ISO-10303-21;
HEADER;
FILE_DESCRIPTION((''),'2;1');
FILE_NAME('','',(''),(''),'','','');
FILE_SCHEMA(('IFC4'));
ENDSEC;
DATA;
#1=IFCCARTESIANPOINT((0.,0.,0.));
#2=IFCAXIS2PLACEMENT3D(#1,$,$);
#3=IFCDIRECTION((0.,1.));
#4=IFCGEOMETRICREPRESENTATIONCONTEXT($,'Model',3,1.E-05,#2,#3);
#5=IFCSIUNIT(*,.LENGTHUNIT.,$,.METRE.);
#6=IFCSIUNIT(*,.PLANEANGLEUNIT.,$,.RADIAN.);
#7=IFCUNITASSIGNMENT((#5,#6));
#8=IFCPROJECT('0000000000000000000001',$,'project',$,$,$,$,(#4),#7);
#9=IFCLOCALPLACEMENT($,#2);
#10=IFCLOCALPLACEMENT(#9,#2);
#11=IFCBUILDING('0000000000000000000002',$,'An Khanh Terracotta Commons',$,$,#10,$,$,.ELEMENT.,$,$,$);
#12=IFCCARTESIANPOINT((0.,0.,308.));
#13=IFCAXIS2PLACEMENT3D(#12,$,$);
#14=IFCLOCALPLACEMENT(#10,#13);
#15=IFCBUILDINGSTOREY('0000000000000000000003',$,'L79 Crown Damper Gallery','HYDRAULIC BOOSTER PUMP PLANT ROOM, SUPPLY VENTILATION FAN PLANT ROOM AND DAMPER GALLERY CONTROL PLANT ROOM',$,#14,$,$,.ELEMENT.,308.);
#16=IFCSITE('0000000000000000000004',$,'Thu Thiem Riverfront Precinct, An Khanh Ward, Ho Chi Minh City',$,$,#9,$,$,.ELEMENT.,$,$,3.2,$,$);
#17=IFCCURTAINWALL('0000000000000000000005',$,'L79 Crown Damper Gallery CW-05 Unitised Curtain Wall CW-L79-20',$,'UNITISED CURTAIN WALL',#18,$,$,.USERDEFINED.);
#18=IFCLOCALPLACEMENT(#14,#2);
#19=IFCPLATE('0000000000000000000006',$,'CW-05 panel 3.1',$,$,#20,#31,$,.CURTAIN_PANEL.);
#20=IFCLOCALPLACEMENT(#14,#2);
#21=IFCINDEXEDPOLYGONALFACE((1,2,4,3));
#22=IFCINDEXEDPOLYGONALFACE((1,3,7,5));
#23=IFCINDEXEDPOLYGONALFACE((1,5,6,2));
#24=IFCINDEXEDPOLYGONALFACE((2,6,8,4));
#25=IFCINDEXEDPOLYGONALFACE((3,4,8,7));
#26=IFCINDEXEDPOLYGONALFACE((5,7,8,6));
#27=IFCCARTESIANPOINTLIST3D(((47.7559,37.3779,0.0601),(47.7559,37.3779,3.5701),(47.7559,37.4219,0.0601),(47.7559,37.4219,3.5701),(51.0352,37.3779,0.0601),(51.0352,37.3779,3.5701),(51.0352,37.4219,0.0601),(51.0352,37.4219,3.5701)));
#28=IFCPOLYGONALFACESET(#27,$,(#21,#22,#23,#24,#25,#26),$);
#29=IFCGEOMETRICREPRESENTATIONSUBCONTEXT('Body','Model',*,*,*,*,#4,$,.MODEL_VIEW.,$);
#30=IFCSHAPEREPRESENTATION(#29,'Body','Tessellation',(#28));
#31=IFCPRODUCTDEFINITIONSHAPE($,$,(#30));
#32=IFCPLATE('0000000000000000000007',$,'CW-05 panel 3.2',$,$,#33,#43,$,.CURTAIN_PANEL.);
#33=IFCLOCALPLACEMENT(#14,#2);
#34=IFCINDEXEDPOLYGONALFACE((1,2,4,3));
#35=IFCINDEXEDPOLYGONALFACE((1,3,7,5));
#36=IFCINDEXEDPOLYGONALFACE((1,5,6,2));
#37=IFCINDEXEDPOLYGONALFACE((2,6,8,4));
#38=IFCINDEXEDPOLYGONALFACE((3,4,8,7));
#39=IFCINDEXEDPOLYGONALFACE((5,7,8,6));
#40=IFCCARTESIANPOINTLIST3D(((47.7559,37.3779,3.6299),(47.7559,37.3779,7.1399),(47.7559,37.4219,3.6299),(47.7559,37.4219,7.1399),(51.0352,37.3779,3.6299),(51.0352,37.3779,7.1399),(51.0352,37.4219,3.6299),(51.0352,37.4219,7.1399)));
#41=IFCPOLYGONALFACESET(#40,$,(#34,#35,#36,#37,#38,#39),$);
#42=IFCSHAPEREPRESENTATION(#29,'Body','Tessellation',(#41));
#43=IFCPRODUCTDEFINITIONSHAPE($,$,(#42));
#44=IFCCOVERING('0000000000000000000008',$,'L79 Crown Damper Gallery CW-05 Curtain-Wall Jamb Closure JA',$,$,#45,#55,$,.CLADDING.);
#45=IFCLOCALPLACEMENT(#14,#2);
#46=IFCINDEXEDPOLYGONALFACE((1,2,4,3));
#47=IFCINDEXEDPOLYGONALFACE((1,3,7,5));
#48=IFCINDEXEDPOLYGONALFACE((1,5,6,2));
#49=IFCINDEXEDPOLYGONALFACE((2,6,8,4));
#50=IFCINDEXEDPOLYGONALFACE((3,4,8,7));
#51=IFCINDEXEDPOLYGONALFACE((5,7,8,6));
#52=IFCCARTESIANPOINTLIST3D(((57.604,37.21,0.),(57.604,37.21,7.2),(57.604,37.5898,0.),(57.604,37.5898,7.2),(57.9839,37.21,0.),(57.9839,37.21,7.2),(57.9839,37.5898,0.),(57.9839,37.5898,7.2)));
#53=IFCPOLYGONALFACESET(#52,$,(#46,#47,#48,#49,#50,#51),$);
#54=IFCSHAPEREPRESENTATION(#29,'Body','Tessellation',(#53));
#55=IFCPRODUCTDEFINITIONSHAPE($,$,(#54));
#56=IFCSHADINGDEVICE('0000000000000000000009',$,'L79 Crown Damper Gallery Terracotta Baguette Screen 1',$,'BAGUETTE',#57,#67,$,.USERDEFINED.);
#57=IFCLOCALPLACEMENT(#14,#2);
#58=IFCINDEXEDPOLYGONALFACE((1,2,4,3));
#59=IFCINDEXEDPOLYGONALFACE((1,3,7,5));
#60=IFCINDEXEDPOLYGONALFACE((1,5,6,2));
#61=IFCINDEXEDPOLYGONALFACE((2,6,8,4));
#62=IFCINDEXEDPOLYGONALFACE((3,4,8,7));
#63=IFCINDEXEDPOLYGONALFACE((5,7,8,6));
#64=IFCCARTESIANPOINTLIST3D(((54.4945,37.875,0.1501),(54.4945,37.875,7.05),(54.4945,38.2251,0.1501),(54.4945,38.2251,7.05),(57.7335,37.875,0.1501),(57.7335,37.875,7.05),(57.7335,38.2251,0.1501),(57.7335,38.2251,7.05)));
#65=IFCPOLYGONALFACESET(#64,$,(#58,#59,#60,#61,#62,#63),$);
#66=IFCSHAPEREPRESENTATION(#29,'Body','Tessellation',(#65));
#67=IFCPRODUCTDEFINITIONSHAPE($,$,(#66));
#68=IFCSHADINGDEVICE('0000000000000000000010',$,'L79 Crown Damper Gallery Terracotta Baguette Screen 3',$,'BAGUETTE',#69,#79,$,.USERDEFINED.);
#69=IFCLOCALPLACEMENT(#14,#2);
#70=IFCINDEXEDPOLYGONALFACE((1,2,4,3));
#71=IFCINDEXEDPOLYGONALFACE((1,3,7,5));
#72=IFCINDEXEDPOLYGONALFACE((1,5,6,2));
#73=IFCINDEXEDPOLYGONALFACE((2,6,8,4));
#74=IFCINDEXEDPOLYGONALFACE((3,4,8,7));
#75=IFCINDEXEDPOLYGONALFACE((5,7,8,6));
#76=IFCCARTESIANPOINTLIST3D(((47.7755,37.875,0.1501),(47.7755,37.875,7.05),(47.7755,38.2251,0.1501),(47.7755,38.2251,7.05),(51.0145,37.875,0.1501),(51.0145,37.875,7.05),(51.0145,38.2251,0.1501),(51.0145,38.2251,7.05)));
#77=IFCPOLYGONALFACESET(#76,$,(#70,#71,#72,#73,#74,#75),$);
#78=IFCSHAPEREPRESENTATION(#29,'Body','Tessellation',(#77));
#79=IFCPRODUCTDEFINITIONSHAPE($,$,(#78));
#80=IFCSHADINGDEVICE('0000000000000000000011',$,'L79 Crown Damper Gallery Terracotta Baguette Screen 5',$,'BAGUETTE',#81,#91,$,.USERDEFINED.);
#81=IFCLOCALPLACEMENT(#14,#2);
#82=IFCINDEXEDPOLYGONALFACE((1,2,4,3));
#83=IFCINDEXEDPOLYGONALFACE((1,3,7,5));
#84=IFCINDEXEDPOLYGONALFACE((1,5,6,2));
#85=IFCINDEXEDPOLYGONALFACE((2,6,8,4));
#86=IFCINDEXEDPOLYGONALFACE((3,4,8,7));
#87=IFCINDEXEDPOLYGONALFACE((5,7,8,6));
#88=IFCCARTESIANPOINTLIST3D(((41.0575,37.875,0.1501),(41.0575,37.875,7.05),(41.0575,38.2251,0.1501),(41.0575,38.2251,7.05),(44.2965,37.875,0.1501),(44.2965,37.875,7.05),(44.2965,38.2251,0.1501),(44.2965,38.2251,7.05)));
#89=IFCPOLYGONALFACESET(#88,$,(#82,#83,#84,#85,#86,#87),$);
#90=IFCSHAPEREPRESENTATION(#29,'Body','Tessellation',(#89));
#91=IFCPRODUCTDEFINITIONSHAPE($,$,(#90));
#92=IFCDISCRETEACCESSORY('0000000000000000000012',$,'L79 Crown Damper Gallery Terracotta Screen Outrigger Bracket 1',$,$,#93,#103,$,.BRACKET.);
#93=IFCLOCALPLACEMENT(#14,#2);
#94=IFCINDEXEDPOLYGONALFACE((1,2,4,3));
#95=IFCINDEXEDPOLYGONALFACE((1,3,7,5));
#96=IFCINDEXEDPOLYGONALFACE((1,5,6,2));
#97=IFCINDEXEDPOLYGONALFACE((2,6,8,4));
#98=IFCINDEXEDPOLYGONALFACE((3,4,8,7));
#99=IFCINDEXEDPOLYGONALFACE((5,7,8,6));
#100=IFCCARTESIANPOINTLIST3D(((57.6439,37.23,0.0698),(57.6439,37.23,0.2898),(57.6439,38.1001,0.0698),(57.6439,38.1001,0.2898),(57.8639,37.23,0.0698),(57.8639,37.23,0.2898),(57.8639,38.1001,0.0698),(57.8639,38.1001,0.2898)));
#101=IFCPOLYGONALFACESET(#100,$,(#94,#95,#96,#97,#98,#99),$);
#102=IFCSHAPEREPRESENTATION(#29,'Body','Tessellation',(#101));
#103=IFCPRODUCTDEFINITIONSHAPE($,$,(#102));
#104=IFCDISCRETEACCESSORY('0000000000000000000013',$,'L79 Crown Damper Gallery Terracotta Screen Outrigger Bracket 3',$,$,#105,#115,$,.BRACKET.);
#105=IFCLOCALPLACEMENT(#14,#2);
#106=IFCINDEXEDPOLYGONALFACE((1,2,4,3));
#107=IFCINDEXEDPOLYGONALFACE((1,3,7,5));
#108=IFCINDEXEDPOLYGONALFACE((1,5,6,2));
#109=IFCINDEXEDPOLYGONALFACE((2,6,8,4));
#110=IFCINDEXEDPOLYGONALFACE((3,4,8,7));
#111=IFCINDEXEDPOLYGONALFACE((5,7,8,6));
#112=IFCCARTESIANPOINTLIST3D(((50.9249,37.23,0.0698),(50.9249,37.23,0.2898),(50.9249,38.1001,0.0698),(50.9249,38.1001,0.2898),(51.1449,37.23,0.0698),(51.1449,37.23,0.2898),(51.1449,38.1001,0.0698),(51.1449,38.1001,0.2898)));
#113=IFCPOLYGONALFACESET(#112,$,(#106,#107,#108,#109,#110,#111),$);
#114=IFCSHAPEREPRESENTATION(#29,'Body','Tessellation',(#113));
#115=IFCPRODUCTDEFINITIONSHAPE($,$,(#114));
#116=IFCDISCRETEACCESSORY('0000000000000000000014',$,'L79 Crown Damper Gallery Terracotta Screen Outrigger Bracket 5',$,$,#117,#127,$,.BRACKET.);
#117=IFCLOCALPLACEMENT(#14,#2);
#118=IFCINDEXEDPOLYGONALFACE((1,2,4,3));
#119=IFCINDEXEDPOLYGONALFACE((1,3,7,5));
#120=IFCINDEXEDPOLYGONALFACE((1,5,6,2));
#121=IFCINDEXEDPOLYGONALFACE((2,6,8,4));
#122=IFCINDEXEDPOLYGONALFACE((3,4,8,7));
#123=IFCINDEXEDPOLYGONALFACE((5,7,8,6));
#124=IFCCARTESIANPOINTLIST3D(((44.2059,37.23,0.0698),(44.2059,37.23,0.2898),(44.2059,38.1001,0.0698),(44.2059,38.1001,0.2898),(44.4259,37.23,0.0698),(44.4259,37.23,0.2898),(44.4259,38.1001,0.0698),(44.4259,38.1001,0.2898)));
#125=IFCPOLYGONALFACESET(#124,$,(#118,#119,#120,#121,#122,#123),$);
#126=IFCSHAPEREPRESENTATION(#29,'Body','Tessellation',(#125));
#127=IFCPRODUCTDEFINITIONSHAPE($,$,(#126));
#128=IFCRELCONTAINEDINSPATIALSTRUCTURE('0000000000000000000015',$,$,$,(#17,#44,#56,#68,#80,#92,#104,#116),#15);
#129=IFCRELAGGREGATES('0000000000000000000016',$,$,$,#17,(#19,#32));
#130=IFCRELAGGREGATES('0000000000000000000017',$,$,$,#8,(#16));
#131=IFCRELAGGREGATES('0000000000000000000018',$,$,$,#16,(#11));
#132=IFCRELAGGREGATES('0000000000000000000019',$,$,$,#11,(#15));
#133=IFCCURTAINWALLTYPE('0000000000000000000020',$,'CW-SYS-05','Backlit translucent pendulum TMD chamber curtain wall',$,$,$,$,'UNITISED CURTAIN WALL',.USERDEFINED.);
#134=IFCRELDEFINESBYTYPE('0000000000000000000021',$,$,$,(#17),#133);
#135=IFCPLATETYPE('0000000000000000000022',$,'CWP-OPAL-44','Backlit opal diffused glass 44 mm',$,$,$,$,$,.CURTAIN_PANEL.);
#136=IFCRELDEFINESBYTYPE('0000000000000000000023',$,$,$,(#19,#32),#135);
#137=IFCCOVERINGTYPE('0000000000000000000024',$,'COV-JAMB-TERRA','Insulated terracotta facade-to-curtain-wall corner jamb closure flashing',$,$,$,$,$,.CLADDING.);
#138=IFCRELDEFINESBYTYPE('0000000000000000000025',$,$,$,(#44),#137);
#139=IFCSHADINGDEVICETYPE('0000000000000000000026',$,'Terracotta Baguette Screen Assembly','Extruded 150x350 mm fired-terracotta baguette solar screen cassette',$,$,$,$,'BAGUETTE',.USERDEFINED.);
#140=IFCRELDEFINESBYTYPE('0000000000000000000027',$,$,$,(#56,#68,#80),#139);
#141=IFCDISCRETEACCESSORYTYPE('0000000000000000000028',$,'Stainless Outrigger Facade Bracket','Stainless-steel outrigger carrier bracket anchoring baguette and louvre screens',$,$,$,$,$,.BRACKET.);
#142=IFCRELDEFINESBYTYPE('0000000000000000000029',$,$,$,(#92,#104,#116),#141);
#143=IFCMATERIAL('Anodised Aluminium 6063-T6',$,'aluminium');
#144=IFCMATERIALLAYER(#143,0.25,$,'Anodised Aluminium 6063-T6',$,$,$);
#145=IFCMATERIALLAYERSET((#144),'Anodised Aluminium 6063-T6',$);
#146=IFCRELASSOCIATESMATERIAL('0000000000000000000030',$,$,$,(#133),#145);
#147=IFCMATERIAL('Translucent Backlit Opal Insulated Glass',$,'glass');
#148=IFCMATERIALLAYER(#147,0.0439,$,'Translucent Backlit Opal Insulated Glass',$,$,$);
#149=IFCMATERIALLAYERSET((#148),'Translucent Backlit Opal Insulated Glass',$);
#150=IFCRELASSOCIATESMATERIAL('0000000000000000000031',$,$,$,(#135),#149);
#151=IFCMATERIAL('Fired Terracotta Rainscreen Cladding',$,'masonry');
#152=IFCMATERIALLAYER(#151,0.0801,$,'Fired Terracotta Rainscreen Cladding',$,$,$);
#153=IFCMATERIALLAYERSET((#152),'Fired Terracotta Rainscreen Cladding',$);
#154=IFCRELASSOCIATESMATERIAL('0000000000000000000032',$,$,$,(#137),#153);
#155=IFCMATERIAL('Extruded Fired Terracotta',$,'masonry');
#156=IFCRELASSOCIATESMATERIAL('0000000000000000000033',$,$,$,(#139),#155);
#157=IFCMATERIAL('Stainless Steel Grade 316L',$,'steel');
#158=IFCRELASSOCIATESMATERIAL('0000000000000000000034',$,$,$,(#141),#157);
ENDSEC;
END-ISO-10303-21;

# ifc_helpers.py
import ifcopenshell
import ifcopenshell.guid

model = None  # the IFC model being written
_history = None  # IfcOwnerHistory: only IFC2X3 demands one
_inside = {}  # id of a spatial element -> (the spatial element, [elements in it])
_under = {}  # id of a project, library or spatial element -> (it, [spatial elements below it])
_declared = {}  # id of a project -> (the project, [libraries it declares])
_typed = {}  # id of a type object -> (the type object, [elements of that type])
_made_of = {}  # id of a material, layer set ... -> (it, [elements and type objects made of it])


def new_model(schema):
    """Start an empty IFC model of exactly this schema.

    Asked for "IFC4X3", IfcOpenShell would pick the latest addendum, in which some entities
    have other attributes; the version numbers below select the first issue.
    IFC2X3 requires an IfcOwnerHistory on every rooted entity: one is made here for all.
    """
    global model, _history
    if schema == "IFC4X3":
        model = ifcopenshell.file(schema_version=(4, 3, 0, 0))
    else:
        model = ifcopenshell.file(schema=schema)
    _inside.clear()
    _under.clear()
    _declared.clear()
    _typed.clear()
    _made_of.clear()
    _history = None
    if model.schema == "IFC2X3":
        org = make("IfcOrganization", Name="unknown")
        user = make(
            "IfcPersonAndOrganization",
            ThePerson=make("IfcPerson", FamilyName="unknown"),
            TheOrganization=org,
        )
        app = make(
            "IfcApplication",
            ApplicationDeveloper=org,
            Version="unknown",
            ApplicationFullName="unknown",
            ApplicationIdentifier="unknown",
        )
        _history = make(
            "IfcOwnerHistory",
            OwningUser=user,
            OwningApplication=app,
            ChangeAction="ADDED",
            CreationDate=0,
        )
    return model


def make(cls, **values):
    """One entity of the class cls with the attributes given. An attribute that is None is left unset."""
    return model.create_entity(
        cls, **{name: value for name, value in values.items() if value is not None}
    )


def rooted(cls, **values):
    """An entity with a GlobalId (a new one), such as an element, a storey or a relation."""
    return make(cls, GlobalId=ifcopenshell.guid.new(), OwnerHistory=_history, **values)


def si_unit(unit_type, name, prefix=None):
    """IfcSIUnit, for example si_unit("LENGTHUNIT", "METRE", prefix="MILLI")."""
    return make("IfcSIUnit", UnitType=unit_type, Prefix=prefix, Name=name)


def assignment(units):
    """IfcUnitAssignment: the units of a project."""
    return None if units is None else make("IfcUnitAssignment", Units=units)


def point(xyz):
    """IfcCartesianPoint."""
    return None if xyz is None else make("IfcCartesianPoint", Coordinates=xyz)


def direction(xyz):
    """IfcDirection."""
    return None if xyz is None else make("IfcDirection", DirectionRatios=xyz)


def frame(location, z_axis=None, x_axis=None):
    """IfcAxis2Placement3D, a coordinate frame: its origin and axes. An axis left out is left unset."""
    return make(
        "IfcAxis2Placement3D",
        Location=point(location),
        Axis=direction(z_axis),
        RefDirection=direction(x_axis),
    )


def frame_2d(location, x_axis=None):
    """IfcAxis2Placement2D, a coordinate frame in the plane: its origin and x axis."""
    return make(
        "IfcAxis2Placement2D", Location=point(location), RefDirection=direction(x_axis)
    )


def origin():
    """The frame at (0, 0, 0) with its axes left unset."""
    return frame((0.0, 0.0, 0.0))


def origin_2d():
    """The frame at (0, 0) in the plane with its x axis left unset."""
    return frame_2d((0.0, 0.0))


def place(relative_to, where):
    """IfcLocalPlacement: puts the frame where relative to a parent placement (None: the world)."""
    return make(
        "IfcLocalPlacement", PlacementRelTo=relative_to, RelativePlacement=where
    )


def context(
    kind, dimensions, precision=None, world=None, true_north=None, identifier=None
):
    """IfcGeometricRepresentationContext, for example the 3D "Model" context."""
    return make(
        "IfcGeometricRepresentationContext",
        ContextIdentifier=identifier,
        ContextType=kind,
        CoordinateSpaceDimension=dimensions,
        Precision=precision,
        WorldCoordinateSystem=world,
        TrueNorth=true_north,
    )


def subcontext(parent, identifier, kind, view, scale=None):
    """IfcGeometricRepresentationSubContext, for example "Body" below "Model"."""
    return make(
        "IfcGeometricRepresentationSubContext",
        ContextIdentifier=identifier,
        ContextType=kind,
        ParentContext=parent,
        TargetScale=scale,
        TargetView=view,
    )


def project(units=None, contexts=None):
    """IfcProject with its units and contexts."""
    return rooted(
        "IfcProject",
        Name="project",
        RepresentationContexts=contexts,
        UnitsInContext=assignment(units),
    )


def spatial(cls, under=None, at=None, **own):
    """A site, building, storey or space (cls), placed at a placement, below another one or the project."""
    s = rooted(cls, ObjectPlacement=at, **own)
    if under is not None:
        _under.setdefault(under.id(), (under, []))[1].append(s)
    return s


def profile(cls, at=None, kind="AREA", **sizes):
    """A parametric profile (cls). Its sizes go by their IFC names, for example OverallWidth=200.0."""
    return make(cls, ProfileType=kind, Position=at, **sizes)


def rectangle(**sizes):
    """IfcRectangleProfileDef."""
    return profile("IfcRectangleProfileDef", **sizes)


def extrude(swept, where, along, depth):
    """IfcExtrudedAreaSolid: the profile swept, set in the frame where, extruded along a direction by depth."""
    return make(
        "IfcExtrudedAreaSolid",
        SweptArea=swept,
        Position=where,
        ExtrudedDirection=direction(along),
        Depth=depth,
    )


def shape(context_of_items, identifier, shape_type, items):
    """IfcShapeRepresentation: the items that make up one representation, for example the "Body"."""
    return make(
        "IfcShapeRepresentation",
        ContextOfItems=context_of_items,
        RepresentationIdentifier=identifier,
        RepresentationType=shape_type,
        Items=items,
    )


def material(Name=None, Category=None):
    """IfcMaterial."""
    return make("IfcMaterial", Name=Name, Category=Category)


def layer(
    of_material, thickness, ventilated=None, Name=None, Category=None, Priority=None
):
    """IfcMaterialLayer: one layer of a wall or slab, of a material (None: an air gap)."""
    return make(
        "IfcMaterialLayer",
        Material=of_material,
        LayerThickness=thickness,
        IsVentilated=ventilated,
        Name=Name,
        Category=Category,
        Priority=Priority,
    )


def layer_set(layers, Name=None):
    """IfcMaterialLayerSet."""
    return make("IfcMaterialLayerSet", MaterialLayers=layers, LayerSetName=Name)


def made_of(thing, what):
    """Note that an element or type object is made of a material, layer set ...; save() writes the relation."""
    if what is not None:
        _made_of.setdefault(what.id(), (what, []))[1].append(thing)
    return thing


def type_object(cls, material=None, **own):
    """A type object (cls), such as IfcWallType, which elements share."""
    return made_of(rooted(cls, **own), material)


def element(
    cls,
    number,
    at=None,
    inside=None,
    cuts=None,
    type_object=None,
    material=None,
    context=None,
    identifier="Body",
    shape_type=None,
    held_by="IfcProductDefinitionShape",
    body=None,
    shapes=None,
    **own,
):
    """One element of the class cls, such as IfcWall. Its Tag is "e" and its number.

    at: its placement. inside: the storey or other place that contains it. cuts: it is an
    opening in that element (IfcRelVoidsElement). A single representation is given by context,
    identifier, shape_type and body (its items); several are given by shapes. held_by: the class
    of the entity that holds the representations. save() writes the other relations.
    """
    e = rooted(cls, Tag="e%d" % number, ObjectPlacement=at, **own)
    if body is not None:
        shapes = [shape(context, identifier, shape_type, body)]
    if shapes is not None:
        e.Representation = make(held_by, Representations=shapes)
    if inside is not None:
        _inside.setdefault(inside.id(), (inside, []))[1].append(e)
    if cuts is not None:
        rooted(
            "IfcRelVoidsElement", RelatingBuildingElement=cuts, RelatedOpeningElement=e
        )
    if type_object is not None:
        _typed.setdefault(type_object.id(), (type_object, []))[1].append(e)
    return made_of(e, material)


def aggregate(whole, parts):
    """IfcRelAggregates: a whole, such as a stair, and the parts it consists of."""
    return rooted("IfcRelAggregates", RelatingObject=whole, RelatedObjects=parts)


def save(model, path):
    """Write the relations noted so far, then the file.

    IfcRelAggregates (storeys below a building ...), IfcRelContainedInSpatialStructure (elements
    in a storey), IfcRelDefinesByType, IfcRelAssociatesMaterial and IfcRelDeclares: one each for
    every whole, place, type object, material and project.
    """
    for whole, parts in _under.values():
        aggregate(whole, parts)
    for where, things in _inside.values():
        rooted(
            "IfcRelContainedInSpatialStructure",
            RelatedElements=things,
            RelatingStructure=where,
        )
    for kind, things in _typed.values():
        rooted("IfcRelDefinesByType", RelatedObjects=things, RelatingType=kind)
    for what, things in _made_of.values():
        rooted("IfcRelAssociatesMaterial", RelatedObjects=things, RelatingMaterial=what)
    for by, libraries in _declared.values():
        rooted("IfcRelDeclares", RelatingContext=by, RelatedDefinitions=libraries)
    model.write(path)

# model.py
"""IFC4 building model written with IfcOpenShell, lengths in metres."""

from ifc_helpers import new_model, si_unit, direction, frame, origin, origin_2d, place, context, subcontext, project, spatial, rectangle, extrude, material, layer, layer_set, type_object, element, aggregate, save


model = new_model("IFC4")

# Units and contexts
model_context = context("Model", 3, precision=1e-05, world=origin(), true_north=direction((0.0, 1.0)))
body_context = subcontext(model_context, "Body", "Model", "MODEL_VIEW")
ifc_project = project(units=[si_unit("LENGTHUNIT", "METRE"), si_unit("PLANEANGLEUNIT", "RADIAN")], contexts=[model_context])

# Site, building, storey
site_placement = place(None, origin())
site = spatial("IfcSite", under=ifc_project, at=site_placement, Name="Thu Thiem Riverfront Precinct, An Khanh Ward, Ho Chi Minh City", CompositionType="ELEMENT", RefElevation=3.2)
building_placement = place(site_placement, origin())
building = spatial("IfcBuilding", under=site, at=building_placement, Name="An Khanh Terracotta Commons", CompositionType="ELEMENT")
storey_placement = place(building_placement, frame((0.0, 0.0, 308.0)))
storey = spatial("IfcBuildingStorey", under=building, at=storey_placement, Name="L79 Crown Damper Gallery", Description="HYDRAULIC BOOSTER PUMP PLANT ROOM, SUPPLY VENTILATION FAN PLANT ROOM AND DAMPER GALLERY CONTROL PLANT ROOM", CompositionType="ELEMENT", Elevation=308.0)

# Curtain wall, plates
ifc_material_1 = material(Name="Anodised Aluminium 6063-T6", Category="aluminium")
ifc_layer_1 = layer(ifc_material_1, 0.25, Name="Anodised Aluminium 6063-T6")
ifc_layer_set_1 = layer_set([ifc_layer_1], Name="Anodised Aluminium 6063-T6")
curtain_wall_type = type_object("IfcCurtainWallType", Name="CW-SYS-05", Description="Backlit translucent pendulum TMD chamber curtain wall", ElementType="UNITISED CURTAIN WALL", PredefinedType="USERDEFINED", material=ifc_layer_set_1)
curtain_wall_placement = place(storey_placement, origin())
curtain_wall = element("IfcCurtainWall", 1, at=curtain_wall_placement, inside=storey, type_object=curtain_wall_type, Name="L79 Crown Damper Gallery CW-05 Unitised Curtain Wall CW-L79-20", ObjectType="UNITISED CURTAIN WALL", PredefinedType="USERDEFINED")
ifc_material_2 = material(Name="Translucent Backlit Opal Insulated Glass", Category="glass")
ifc_layer_2 = layer(ifc_material_2, 0.0439, Name="Translucent Backlit Opal Insulated Glass")
ifc_layer_set_2 = layer_set([ifc_layer_2], Name="Translucent Backlit Opal Insulated Glass")
plate_type = type_object("IfcPlateType", Name="CWP-OPAL-44", Description="Backlit opal diffused glass 44 mm", PredefinedType="CURTAIN_PANEL", material=ifc_layer_set_2)
plate_1_placement = place(storey_placement, frame((49.3955, 37.3999, 0.0601), z_axis=(0.0, 0.0, 1.0), x_axis=(-1.0, 0.0, 0.0)))
plate_1 = element("IfcPlate", 2, at=plate_1_placement, type_object=plate_type, Name="CW-05 panel 3.1", PredefinedType="CURTAIN_PANEL", context=body_context, shape_type="SweptSolid", body=[
    extrude(rectangle(XDim=3.2793, YDim=0.0439, at=origin_2d()), origin(), (0.0, 0.0, 1.0), 3.51),
])
plate_2_placement = place(storey_placement, frame((49.3955, 37.3999, 3.6299), z_axis=(0.0, 0.0, 1.0), x_axis=(-1.0, 0.0, 0.0)))
plate_2 = element("IfcPlate", 3, at=plate_2_placement, type_object=plate_type, Name="CW-05 panel 3.2", PredefinedType="CURTAIN_PANEL", context=body_context, shape_type="SweptSolid", body=[
    extrude(rectangle(XDim=3.2793, YDim=0.0439, at=origin_2d()), origin(), (0.0, 0.0, 1.0), 3.51),
])
aggregate(curtain_wall, [plate_1, plate_2])

# Covering
ifc_material_3 = material(Name="Fired Terracotta Rainscreen Cladding", Category="masonry")
ifc_layer_3 = layer(ifc_material_3, 0.0801, Name="Fired Terracotta Rainscreen Cladding")
ifc_layer_set_3 = layer_set([ifc_layer_3], Name="Fired Terracotta Rainscreen Cladding")
covering_type = type_object("IfcCoveringType", Name="COV-JAMB-TERRA", Description="Insulated terracotta facade-to-curtain-wall corner jamb closure flashing", PredefinedType="CLADDING", material=ifc_layer_set_3)
covering_placement = place(storey_placement, frame((57.7939, 37.3999, 0.0), z_axis=(0.0, 0.0, 1.0), x_axis=(1.0, 0.0, 0.0)))
element("IfcCovering", 4, at=covering_placement, inside=storey, type_object=covering_type, Name="L79 Crown Damper Gallery CW-05 Curtain-Wall Jamb Closure JA", PredefinedType="CLADDING", context=body_context, shape_type="SweptSolid", body=[
    extrude(rectangle(XDim=0.3799, YDim=0.3799, at=origin_2d()), origin(), (0.0, 0.0, 1.0), 7.2),
])

# Shading devices
ifc_material_4 = material(Name="Extruded Fired Terracotta", Category="masonry")
shading_device_type = type_object("IfcShadingDeviceType", Name="Terracotta Baguette Screen Assembly", Description="Extruded 150x350 mm fired-terracotta baguette solar screen cassette", ElementType="BAGUETTE", PredefinedType="USERDEFINED", material=ifc_material_4)
for number, where, z_axis, x_axis, name in (
    (5, (56.114, 38.05, 0.1501), (0.0, 0.0, 1.0), (-1.0, 0.0, 0.0), "L79 Crown Damper Gallery Terracotta Baguette Screen 1"),
    (6, (49.395, 38.05, 0.1501), (0.0, 0.0, 1.0), (-1.0, 0.0, 0.0), "L79 Crown Damper Gallery Terracotta Baguette Screen 3"),
    (7, (42.677, 38.05, 0.1501), (0.0, 0.0, 1.0), (-1.0, 0.0, 0.0), "L79 Crown Damper Gallery Terracotta Baguette Screen 5"),
):
    element("IfcShadingDevice", number, at=place(storey_placement, frame(where, z_axis=z_axis, x_axis=x_axis)), inside=storey, type_object=shading_device_type, Name=name, ObjectType="BAGUETTE", PredefinedType="USERDEFINED", context=body_context, shape_type="SweptSolid", body=[
        extrude(rectangle(XDim=3.239, YDim=0.3501, at=origin_2d()), origin(), (0.0, 0.0, 1.0), 6.8999),
    ])

# Discrete accessories
ifc_material_5 = material(Name="Stainless Steel Grade 316L", Category="steel")
discrete_accessory_type = type_object("IfcDiscreteAccessoryType", Name="Stainless Outrigger Facade Bracket", Description="Stainless-steel outrigger carrier bracket anchoring baguette and louvre screens", PredefinedType="BRACKET", material=ifc_material_5)
for number, where, z_axis, x_axis, name in (
    (8, (57.7539, 37.665, 0.0698), (0.0, 0.0, 1.0), (-1.0, 0.0, 0.0), "L79 Crown Damper Gallery Terracotta Screen Outrigger Bracket 1"),
    (9, (51.0349, 37.665, 0.0698), (0.0, 0.0, 1.0), (-1.0, 0.0, 0.0), "L79 Crown Damper Gallery Terracotta Screen Outrigger Bracket 3"),
    (10, (44.3159, 37.665, 0.0698), (0.0, 0.0, 1.0), (-1.0, 0.0, 0.0), "L79 Crown Damper Gallery Terracotta Screen Outrigger Bracket 5"),
):
    element("IfcDiscreteAccessory", number, at=place(storey_placement, frame(where, z_axis=z_axis, x_axis=x_axis)), inside=storey, type_object=discrete_accessory_type, Name=name, PredefinedType="BRACKET", context=body_context, shape_type="SweptSolid", body=[
        extrude(rectangle(XDim=0.22, YDim=0.8701, at=origin_2d()), origin(), (0.0, 0.0, 1.0), 0.22),
    ])

save(model, "model.ifc")
